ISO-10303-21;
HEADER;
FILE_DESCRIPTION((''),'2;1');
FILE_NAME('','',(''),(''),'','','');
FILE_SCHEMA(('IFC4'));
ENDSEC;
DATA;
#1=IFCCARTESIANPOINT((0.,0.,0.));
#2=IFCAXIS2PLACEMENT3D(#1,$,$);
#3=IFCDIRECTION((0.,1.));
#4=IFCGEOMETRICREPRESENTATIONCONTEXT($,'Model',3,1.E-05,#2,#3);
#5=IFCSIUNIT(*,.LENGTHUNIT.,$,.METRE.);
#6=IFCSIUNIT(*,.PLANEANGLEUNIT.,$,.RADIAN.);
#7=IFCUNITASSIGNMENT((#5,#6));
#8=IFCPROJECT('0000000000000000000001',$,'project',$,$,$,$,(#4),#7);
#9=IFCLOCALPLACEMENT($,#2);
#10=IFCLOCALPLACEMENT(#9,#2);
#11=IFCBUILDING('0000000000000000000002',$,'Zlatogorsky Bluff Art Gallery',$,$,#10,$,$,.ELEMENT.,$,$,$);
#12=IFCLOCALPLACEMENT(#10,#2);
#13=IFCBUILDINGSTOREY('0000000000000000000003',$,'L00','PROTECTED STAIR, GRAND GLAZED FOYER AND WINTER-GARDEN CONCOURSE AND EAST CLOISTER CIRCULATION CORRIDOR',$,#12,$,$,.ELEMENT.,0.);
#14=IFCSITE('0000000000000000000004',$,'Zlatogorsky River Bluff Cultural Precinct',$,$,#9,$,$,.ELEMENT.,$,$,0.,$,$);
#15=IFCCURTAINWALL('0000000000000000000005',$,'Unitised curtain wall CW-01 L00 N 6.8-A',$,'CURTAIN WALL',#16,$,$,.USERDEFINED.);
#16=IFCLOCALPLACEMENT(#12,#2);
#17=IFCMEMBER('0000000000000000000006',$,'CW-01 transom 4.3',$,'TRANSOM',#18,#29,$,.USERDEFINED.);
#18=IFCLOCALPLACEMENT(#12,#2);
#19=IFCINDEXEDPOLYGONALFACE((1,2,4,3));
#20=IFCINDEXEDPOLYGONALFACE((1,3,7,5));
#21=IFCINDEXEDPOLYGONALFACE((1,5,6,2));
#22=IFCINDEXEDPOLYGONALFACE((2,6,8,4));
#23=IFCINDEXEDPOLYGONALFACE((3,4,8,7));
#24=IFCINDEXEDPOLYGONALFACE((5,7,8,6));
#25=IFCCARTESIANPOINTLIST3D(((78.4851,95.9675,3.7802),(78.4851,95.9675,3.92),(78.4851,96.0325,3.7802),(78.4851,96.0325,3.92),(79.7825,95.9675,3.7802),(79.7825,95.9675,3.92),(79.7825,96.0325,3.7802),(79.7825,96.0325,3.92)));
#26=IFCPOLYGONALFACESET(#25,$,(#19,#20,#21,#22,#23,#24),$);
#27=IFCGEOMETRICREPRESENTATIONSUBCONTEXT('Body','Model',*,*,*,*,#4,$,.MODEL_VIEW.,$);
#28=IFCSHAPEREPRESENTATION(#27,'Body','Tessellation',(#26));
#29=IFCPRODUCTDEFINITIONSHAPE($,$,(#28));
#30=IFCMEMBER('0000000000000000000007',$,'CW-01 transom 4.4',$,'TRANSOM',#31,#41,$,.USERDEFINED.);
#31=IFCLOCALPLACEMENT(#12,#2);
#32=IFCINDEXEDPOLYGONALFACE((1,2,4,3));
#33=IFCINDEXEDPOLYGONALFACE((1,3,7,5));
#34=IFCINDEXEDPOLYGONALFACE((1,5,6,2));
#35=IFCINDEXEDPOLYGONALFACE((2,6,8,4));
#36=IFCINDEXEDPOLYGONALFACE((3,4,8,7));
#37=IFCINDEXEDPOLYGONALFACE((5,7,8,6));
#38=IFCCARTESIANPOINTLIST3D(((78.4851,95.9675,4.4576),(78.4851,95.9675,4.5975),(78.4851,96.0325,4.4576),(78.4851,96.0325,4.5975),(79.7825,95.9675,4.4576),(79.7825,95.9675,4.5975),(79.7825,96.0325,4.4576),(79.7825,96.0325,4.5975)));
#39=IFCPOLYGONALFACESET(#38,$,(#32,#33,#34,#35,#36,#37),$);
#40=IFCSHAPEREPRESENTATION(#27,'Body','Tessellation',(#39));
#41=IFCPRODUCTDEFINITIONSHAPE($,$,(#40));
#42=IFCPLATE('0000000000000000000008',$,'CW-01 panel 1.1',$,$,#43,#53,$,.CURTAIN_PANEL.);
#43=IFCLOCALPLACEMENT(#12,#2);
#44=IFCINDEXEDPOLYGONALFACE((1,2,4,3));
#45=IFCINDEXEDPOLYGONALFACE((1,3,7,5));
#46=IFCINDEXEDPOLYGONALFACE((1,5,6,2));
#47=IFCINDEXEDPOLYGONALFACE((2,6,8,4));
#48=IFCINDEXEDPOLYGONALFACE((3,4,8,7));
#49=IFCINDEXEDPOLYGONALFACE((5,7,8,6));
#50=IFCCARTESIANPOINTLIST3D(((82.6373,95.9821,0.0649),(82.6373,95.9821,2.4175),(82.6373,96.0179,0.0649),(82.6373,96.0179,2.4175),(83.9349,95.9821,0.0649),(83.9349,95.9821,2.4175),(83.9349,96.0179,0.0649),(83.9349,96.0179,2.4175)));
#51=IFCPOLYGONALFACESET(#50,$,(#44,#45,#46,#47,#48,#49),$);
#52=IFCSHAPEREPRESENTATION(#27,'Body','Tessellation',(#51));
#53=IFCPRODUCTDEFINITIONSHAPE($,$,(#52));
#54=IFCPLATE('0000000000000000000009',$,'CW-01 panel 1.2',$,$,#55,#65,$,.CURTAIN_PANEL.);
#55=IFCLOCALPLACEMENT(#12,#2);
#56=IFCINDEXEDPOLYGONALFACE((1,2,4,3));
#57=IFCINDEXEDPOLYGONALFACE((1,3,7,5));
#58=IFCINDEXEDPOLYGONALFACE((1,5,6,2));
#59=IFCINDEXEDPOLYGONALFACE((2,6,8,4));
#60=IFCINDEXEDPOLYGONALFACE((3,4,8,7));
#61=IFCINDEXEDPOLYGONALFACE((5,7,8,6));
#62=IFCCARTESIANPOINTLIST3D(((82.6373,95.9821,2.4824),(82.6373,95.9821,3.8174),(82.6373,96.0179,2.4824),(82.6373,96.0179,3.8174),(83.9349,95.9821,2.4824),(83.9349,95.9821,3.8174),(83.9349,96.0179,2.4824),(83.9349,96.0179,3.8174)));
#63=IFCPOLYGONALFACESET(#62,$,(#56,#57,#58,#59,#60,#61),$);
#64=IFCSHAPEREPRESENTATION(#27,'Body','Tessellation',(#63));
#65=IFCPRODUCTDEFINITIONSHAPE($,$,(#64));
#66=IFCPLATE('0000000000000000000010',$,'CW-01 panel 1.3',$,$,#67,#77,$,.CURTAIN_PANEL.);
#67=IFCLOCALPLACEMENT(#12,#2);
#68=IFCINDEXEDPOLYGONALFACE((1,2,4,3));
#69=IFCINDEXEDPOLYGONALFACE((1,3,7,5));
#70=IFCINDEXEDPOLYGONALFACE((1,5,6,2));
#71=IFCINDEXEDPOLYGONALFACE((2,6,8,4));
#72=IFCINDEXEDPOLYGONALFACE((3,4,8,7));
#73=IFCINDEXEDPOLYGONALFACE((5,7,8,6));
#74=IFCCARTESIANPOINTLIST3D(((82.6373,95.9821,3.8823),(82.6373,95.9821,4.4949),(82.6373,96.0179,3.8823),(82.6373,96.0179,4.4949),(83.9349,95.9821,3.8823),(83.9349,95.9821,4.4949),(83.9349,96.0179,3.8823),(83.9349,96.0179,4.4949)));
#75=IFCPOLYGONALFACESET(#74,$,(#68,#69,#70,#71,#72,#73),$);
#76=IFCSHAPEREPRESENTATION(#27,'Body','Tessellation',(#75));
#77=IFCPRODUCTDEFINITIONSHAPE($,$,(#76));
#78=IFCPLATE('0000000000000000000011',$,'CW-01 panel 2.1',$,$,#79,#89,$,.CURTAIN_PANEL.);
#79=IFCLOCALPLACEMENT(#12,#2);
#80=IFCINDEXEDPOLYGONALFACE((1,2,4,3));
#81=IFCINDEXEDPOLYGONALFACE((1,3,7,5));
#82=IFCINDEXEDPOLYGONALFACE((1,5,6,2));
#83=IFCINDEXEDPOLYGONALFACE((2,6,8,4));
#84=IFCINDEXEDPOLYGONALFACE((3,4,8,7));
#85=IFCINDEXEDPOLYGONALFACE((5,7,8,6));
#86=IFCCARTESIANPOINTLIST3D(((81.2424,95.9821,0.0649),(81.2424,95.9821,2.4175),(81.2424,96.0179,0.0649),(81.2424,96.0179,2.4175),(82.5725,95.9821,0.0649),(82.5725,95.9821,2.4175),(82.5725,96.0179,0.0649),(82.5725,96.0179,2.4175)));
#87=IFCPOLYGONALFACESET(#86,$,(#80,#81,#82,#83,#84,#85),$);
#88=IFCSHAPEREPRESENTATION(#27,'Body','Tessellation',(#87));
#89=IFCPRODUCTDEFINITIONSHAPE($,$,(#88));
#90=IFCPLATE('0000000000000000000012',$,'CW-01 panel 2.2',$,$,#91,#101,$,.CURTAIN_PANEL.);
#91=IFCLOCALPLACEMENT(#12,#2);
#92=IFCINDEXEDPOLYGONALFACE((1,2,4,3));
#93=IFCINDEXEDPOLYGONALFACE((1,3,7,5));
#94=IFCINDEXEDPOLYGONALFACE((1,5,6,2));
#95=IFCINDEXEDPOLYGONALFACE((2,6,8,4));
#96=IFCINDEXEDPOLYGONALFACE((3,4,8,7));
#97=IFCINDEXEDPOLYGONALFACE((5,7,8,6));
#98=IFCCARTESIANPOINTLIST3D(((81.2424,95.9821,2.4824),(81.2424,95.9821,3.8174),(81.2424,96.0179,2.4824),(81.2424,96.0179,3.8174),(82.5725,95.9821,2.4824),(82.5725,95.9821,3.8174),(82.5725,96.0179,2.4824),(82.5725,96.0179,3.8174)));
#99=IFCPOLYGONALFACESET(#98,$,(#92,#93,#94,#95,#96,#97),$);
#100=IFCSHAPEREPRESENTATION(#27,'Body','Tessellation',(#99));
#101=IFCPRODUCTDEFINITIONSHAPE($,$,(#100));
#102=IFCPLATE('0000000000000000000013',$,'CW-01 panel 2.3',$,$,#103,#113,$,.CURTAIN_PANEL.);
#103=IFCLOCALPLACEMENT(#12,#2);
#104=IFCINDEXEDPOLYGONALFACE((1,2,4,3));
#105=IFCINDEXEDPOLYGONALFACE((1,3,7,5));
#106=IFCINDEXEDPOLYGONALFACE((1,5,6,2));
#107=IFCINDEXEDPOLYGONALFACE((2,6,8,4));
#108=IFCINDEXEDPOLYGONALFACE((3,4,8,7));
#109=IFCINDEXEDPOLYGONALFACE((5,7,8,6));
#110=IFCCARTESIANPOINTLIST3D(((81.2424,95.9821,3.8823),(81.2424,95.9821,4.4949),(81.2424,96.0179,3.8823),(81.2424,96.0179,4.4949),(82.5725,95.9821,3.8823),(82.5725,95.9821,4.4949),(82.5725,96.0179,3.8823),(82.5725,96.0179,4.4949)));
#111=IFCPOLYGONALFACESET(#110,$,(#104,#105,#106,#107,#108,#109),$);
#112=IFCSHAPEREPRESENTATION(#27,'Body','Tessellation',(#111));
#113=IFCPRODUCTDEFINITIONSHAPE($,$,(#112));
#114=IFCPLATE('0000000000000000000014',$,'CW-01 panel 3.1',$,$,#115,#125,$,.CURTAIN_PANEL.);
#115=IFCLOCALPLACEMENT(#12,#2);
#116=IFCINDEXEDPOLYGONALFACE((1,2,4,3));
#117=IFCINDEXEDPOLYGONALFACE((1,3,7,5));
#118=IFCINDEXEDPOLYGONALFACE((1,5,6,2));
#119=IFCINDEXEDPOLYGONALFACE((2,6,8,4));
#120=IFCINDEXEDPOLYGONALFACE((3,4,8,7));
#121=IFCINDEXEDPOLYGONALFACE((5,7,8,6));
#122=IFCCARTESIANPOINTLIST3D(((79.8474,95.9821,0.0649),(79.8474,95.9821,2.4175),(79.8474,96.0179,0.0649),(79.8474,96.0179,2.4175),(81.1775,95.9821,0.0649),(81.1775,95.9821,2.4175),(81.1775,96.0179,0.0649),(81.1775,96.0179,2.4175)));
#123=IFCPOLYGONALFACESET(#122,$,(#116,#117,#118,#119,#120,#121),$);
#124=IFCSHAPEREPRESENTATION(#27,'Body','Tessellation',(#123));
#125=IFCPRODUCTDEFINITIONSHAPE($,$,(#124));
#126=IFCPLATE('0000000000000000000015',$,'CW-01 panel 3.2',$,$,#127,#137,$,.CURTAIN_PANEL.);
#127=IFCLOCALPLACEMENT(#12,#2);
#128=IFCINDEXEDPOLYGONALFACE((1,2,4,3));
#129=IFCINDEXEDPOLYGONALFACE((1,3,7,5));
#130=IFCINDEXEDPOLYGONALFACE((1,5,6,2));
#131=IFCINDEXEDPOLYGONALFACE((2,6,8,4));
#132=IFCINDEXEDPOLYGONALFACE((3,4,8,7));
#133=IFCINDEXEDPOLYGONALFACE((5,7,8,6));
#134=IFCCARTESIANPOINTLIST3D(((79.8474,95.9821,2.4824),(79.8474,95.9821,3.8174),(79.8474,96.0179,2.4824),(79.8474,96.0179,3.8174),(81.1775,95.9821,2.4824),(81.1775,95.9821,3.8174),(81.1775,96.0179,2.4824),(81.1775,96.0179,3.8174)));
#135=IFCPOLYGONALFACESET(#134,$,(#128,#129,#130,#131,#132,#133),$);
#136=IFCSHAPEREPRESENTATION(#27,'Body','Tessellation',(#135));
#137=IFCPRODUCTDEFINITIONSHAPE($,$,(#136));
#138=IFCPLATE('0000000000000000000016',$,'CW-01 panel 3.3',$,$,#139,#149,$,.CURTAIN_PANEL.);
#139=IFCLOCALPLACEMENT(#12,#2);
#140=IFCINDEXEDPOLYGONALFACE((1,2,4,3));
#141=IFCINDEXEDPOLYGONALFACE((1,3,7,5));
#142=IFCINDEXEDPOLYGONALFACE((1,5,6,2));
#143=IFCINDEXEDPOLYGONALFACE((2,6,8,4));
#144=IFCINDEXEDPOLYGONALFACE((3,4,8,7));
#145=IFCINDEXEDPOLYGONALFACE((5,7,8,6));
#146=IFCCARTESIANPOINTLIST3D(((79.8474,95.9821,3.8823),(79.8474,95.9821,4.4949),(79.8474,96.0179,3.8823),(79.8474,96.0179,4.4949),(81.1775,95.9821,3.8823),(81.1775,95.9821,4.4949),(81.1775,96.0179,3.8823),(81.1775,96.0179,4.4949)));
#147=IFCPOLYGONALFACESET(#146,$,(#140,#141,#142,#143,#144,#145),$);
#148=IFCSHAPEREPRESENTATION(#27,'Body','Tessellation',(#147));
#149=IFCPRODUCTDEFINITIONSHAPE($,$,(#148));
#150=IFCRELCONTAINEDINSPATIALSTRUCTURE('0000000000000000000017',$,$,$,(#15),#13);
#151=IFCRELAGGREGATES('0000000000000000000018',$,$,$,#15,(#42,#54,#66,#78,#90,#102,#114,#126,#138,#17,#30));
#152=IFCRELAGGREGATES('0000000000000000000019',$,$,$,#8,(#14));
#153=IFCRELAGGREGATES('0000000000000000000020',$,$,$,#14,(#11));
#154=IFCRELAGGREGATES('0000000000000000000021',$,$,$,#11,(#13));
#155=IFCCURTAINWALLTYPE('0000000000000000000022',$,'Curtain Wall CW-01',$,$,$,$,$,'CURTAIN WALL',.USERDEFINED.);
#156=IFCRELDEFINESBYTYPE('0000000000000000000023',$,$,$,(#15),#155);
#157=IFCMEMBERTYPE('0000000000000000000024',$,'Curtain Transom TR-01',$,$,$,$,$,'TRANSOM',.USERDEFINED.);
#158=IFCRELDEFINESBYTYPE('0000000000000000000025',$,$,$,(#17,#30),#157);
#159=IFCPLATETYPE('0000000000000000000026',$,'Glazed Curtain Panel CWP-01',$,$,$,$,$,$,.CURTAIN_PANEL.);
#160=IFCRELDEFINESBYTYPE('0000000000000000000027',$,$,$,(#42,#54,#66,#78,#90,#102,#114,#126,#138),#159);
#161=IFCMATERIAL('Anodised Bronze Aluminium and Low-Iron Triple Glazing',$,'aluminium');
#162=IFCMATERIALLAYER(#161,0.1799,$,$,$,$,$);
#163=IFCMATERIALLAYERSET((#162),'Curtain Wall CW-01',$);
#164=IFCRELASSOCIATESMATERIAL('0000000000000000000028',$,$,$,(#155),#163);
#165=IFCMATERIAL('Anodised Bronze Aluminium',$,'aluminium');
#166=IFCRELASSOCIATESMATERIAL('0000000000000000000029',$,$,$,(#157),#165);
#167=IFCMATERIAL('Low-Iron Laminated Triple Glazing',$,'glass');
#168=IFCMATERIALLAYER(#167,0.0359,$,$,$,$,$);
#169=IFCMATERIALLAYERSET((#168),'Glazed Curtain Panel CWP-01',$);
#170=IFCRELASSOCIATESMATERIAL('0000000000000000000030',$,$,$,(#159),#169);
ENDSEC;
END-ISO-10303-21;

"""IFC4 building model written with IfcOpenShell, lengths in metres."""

from ifc_helpers import new_model, si_unit, direction, frame, origin, origin_2d, place, context, subcontext, project, spatial, rectangle, extrude, material, layer, layer_set, material_profile, profile_set, type_object, element, aggregate, save


model = new_model("IFC4")

# Units and contexts
model_context = context("Model", 3, precision=1e-05, world=origin(), true_north=direction((0.0, 1.0)))
body_context = subcontext(model_context, "Body", "Model", "MODEL_VIEW")
ifc_project = project(units=[si_unit("LENGTHUNIT", "METRE"), si_unit("PLANEANGLEUNIT", "RADIAN")], contexts=[model_context])

# Site, building, storey
site_placement = place(None, origin())
site = spatial("IfcSite", under=ifc_project, at=site_placement, Name="Zlatogorsky River Bluff Cultural Precinct", CompositionType="ELEMENT", RefElevation=0.0)
building_placement = place(site_placement, origin())
building = spatial("IfcBuilding", under=site, at=building_placement, Name="Zlatogorsky Bluff Art Gallery", CompositionType="ELEMENT")
storey_placement = place(building_placement, origin())
storey = spatial("IfcBuildingStorey", under=building, at=storey_placement, Name="L00", Description="PROTECTED STAIR, GRAND GLAZED FOYER AND WINTER-GARDEN CONCOURSE AND EAST CLOISTER CIRCULATION CORRIDOR", CompositionType="ELEMENT", Elevation=0.0)

# Curtain wall, members, plates
ifc_material_1 = material(Name="Anodised Bronze Aluminium and Low-Iron Triple Glazing", Category="aluminium")
ifc_layer_1 = layer(ifc_material_1, 0.1799)
ifc_layer_set_1 = layer_set([ifc_layer_1], Name="Curtain Wall CW-01")
curtain_wall_type = type_object("IfcCurtainWallType", Name="Curtain Wall CW-01", ElementType="CURTAIN WALL", PredefinedType="USERDEFINED", material=ifc_layer_set_1)
curtain_wall_placement = place(storey_placement, origin())
curtain_wall = element("IfcCurtainWall", 1, at=curtain_wall_placement, inside=storey, type_object=curtain_wall_type, Name="Unitised curtain wall CW-01 L00 N 6.8-A", ObjectType="CURTAIN WALL", PredefinedType="USERDEFINED")
ifc_material_2 = material(Name="Anodised Bronze Aluminium", Category="aluminium")
ifc_material_profile_1 = material_profile(ifc_material_2, rectangle(XDim=0.0649, YDim=0.1399, at=origin_2d()), Name="ALU TRANSOM 65x140")
ifc_profile_set_1 = profile_set([ifc_material_profile_1], Name="Anodised Bronze Aluminium")
member_type_1 = type_object("IfcMemberType", Name="Curtain Transom TR-01", ElementType="TRANSOM", PredefinedType="USERDEFINED", material=ifc_profile_set_1)
member_1_placement = place(storey_placement, frame((79.7825, 96.0, 3.8501), z_axis=(-1.0, 0.0, 0.0), x_axis=(0.0, -1.0, 0.0)))
member_1 = element("IfcMember", 2, at=member_1_placement, type_object=member_type_1, Name="CW-01 transom 4.3", ObjectType="TRANSOM", PredefinedType="USERDEFINED", context=body_context, shape_type="SweptSolid", body=[
    extrude(rectangle(XDim=0.0649, YDim=0.1399, at=origin_2d()), origin(), (0.0, 0.0, 1.0), 1.2974),
])
member_2_placement = place(storey_placement, frame((79.7825, 96.0, 4.5276), z_axis=(-1.0, 0.0, 0.0), x_axis=(0.0, -1.0, 0.0)))
member_2 = element("IfcMember", 3, at=member_2_placement, type_object=member_type_1, Name="CW-01 transom 4.4", ObjectType="TRANSOM", PredefinedType="USERDEFINED", context=body_context, shape_type="SweptSolid", body=[
    extrude(rectangle(XDim=0.0649, YDim=0.1399, at=origin_2d()), origin(), (0.0, 0.0, 1.0), 1.2974),
])
ifc_material_3 = material(Name="Low-Iron Laminated Triple Glazing", Category="glass")
ifc_layer_2 = layer(ifc_material_3, 0.0359)
ifc_layer_set_2 = layer_set([ifc_layer_2], Name="Glazed Curtain Panel CWP-01")
plate_type = type_object("IfcPlateType", Name="Glazed Curtain Panel CWP-01", PredefinedType="CURTAIN_PANEL", material=ifc_layer_set_2)
plate_1_placement = place(storey_placement, frame((83.2861, 96.0, 0.0649), z_axis=(0.0, 0.0, 1.0), x_axis=(-1.0, 0.0, 0.0)))
plate_1 = element("IfcPlate", 4, at=plate_1_placement, type_object=plate_type, Name="CW-01 panel 1.1", PredefinedType="CURTAIN_PANEL", context=body_context, shape_type="SweptSolid", body=[
    extrude(rectangle(XDim=1.2976, YDim=0.0359, at=origin_2d()), origin(), (0.0, 0.0, 1.0), 2.3525),
])
plate_2_placement = place(storey_placement, frame((83.2861, 96.0, 2.4824), z_axis=(0.0, 0.0, 1.0), x_axis=(-1.0, 0.0, 0.0)))
plate_2 = element("IfcPlate", 5, at=plate_2_placement, type_object=plate_type, Name="CW-01 panel 1.2", PredefinedType="CURTAIN_PANEL", context=body_context, shape_type="SweptSolid", body=[
    extrude(rectangle(XDim=1.2976, YDim=0.0359, at=origin_2d()), origin(), (0.0, 0.0, 1.0), 1.335),
])
plate_3_placement = place(storey_placement, frame((83.2861, 96.0, 3.8823), z_axis=(0.0, 0.0, 1.0), x_axis=(-1.0, 0.0, 0.0)))
plate_3 = element("IfcPlate", 6, at=plate_3_placement, type_object=plate_type, Name="CW-01 panel 1.3", PredefinedType="CURTAIN_PANEL", context=body_context, shape_type="SweptSolid", body=[
    extrude(rectangle(XDim=1.2976, YDim=0.0359, at=origin_2d()), origin(), (0.0, 0.0, 1.0), 0.6125),
])
plate_4_placement = place(storey_placement, frame((81.9075, 96.0, 0.0649), z_axis=(0.0, 0.0, 1.0), x_axis=(-1.0, 0.0, 0.0)))
plate_4 = element("IfcPlate", 7, at=plate_4_placement, type_object=plate_type, Name="CW-01 panel 2.1", PredefinedType="CURTAIN_PANEL", context=body_context, shape_type="SweptSolid", body=[
    extrude(rectangle(XDim=1.3301, YDim=0.0359, at=origin_2d()), origin(), (0.0, 0.0, 1.0), 2.3525),
])
plate_5_placement = place(storey_placement, frame((81.9075, 96.0, 2.4824), z_axis=(0.0, 0.0, 1.0), x_axis=(-1.0, 0.0, 0.0)))
plate_5 = element("IfcPlate", 8, at=plate_5_placement, type_object=plate_type, Name="CW-01 panel 2.2", PredefinedType="CURTAIN_PANEL", context=body_context, shape_type="SweptSolid", body=[
    extrude(rectangle(XDim=1.3301, YDim=0.0359, at=origin_2d()), origin(), (0.0, 0.0, 1.0), 1.335),
])
plate_6_placement = place(storey_placement, frame((81.9075, 96.0, 3.8823), z_axis=(0.0, 0.0, 1.0), x_axis=(-1.0, 0.0, 0.0)))
plate_6 = element("IfcPlate", 9, at=plate_6_placement, type_object=plate_type, Name="CW-01 panel 2.3", PredefinedType="CURTAIN_PANEL", context=body_context, shape_type="SweptSolid", body=[
    extrude(rectangle(XDim=1.3301, YDim=0.0359, at=origin_2d()), origin(), (0.0, 0.0, 1.0), 0.6125),
])
plate_7_placement = place(storey_placement, frame((80.5125, 96.0, 0.0649), z_axis=(0.0, 0.0, 1.0), x_axis=(-1.0, 0.0, 0.0)))
plate_7 = element("IfcPlate", 10, at=plate_7_placement, type_object=plate_type, Name="CW-01 panel 3.1", PredefinedType="CURTAIN_PANEL", context=body_context, shape_type="SweptSolid", body=[
    extrude(rectangle(XDim=1.3301, YDim=0.0359, at=origin_2d()), origin(), (0.0, 0.0, 1.0), 2.3525),
])
plate_8_placement = place(storey_placement, frame((80.5125, 96.0, 2.4824), z_axis=(0.0, 0.0, 1.0), x_axis=(-1.0, 0.0, 0.0)))
plate_8 = element("IfcPlate", 11, at=plate_8_placement, type_object=plate_type, Name="CW-01 panel 3.2", PredefinedType="CURTAIN_PANEL", context=body_context, shape_type="SweptSolid", body=[
    extrude(rectangle(XDim=1.3301, YDim=0.0359, at=origin_2d()), origin(), (0.0, 0.0, 1.0), 1.335),
])
plate_9_placement = place(storey_placement, frame((80.5125, 96.0, 3.8823), z_axis=(0.0, 0.0, 1.0), x_axis=(-1.0, 0.0, 0.0)))
plate_9 = element("IfcPlate", 12, at=plate_9_placement, type_object=plate_type, Name="CW-01 panel 3.3", PredefinedType="CURTAIN_PANEL", context=body_context, shape_type="SweptSolid", body=[
    extrude(rectangle(XDim=1.3301, YDim=0.0359, at=origin_2d()), origin(), (0.0, 0.0, 1.0), 0.6125),
])
aggregate(curtain_wall, [plate_1, plate_2, plate_3, plate_4, plate_5, plate_6, plate_7, plate_8, plate_9, member_1, member_2])

save(model, "model.ifc")
